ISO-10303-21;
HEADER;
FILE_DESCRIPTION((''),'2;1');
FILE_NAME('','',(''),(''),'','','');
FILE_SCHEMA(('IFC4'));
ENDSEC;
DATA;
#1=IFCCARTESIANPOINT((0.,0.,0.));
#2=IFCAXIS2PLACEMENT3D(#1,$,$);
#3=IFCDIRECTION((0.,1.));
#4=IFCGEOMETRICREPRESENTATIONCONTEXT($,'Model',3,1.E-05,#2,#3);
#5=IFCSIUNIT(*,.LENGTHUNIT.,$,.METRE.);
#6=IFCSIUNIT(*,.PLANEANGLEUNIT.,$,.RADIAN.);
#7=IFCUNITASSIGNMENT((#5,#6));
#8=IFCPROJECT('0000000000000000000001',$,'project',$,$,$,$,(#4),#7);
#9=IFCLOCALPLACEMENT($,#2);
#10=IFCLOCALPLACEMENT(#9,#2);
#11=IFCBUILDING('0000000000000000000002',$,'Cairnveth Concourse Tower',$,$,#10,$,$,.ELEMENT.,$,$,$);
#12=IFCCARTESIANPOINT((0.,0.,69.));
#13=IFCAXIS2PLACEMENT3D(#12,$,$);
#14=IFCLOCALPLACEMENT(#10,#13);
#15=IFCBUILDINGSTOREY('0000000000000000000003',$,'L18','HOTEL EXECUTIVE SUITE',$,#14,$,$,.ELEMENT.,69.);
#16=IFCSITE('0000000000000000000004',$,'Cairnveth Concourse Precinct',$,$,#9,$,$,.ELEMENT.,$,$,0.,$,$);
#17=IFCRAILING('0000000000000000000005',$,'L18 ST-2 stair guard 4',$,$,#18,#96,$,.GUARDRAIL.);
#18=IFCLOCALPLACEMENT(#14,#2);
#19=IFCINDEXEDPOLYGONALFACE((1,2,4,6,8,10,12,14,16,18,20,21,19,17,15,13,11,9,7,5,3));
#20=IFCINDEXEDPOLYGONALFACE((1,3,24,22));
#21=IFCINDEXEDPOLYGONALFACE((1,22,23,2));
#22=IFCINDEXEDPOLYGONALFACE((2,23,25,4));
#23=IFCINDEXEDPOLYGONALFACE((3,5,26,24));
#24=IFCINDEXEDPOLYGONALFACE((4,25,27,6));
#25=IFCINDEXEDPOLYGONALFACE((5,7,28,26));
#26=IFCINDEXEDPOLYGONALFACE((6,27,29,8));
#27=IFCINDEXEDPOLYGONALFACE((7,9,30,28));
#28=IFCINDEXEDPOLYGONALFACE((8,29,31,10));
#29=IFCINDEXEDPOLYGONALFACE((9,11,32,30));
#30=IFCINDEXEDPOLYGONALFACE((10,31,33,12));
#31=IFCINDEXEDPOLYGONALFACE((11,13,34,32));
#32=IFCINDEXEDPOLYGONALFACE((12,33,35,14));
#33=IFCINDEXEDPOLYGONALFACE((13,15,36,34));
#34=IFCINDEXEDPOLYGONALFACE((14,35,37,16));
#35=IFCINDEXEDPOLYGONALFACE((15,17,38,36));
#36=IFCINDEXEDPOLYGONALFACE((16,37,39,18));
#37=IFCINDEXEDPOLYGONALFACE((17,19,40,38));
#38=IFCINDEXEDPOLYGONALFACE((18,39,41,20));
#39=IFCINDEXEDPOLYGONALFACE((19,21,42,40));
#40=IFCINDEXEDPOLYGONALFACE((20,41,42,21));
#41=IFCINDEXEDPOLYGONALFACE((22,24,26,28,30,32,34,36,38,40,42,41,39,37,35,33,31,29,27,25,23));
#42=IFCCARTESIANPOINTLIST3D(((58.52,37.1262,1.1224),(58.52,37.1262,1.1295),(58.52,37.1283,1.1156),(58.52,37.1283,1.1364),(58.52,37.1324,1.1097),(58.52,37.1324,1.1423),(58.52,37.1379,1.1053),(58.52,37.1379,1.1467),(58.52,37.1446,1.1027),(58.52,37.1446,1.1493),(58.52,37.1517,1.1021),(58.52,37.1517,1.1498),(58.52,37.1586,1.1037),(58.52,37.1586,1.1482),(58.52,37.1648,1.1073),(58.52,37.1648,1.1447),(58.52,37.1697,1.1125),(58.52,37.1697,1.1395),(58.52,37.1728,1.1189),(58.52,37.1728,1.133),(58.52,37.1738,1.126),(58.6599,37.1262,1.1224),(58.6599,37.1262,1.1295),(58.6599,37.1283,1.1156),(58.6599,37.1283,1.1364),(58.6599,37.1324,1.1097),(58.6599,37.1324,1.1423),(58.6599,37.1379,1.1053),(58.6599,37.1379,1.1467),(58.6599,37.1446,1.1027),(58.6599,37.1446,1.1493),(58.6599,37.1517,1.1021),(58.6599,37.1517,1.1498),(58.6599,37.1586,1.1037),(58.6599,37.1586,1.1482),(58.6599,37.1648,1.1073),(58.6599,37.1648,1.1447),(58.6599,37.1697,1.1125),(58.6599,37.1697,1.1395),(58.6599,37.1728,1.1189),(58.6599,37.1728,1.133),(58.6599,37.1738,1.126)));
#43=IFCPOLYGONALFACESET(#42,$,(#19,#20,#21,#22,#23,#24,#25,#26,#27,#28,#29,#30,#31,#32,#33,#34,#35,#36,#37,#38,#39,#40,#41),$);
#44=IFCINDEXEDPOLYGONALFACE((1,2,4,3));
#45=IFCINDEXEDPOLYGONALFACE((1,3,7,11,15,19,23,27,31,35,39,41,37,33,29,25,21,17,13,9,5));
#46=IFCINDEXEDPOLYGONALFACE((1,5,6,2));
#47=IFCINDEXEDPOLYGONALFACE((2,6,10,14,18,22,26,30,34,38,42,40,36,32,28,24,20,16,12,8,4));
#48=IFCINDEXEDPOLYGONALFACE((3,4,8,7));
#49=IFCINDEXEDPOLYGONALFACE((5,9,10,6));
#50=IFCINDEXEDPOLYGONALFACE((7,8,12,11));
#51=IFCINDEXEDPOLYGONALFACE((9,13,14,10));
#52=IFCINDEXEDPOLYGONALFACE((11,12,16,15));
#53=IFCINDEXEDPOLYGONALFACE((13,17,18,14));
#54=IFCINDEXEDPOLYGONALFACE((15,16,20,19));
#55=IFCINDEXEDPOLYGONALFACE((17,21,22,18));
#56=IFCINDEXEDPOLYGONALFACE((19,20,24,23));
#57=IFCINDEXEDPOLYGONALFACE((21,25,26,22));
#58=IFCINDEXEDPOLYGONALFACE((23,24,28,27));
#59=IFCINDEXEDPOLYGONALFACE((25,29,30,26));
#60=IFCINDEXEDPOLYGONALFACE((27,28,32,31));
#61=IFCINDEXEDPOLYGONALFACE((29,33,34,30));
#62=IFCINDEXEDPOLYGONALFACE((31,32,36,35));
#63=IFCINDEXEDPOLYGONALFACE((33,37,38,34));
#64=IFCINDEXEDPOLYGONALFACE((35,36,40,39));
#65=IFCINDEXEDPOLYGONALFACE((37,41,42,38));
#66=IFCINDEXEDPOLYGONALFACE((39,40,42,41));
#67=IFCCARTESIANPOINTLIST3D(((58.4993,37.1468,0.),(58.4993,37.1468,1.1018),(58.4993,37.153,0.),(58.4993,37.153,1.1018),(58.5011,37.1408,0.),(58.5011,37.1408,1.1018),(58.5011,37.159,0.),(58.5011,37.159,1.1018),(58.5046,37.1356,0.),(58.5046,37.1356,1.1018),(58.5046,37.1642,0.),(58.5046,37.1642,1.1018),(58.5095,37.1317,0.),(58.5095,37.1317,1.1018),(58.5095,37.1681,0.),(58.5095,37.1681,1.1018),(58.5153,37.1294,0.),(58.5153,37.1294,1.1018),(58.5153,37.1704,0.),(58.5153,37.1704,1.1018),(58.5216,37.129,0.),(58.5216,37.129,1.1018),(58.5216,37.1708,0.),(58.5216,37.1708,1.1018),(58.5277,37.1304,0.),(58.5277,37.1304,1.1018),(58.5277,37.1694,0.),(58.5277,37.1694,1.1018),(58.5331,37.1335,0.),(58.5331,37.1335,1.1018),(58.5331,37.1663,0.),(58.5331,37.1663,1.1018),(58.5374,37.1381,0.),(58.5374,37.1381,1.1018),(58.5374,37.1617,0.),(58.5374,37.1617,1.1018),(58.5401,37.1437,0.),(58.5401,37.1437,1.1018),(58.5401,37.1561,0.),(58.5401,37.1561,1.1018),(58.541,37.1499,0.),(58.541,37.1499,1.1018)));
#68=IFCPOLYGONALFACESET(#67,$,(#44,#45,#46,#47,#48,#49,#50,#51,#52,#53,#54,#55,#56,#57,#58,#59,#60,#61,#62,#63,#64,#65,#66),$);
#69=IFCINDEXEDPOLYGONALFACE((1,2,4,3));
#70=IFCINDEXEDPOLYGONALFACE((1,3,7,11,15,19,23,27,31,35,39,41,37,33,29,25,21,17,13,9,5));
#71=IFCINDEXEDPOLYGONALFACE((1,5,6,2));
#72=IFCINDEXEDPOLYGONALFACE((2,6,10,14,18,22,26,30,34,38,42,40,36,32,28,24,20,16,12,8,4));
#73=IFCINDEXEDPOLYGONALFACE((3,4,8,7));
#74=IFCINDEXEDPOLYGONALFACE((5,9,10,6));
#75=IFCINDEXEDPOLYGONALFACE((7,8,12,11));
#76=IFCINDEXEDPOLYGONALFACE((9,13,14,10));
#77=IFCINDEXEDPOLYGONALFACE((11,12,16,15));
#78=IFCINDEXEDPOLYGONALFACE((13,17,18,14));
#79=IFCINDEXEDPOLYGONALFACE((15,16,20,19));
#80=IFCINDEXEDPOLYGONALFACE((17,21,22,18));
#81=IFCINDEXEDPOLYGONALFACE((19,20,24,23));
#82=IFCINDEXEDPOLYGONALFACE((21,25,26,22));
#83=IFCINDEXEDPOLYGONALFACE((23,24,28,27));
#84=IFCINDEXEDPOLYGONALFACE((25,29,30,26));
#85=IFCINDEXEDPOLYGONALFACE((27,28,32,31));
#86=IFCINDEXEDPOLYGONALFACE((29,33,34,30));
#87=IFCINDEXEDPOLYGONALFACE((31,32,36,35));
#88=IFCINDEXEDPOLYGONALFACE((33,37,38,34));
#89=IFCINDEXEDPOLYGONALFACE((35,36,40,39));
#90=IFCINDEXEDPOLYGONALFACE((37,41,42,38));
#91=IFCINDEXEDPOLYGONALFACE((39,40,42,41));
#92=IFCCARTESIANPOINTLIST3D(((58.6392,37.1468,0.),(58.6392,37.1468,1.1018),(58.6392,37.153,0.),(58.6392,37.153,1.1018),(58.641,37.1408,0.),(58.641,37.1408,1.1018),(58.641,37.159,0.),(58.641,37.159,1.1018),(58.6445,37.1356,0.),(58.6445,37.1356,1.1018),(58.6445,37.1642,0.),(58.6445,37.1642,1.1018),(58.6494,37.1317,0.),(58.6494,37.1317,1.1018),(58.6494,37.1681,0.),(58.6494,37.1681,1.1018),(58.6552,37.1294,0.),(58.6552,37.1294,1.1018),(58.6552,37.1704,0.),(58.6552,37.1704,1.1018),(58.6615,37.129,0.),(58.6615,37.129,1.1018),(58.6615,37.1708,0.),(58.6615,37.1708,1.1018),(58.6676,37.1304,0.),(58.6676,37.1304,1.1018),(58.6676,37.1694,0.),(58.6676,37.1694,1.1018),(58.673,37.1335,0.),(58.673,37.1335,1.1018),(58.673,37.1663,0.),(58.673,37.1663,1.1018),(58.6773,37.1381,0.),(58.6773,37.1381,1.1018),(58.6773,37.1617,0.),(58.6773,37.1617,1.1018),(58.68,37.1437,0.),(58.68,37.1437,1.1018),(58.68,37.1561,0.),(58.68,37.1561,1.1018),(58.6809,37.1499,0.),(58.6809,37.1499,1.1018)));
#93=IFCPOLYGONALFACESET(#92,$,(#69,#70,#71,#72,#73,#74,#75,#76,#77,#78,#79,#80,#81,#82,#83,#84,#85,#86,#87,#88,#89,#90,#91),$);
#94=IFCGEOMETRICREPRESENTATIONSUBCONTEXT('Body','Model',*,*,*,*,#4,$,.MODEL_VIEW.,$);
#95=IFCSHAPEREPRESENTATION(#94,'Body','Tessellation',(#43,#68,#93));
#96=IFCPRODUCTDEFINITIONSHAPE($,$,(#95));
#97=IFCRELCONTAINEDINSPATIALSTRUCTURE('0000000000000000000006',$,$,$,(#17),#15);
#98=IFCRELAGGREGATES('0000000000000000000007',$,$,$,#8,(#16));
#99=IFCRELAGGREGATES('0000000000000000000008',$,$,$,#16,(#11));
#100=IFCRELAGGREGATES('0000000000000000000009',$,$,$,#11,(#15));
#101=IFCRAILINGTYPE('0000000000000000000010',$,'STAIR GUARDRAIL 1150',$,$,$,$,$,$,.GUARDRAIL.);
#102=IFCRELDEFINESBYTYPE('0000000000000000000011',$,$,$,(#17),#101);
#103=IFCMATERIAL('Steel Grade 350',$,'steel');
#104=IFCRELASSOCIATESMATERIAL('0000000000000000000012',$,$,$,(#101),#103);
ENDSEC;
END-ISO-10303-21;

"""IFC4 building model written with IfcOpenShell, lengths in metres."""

from ifc_helpers import new_model, si_unit, direction, frame, origin, origin_2d, place, context, subcontext, project, spatial, circle, extrude, material, type_object, element, save


model = new_model("IFC4")

# Units and contexts
model_context = context("Model", 3, precision=1e-05, world=origin(), true_north=direction((0.0, 1.0)))
body_context = subcontext(model_context, "Body", "Model", "MODEL_VIEW")
ifc_project = project(units=[si_unit("LENGTHUNIT", "METRE"), si_unit("PLANEANGLEUNIT", "RADIAN")], contexts=[model_context])

# Site, building, storey
site_placement = place(None, origin())
site = spatial("IfcSite", under=ifc_project, at=site_placement, Name="Cairnveth Concourse Precinct", CompositionType="ELEMENT", RefElevation=0.0)
building_placement = place(site_placement, origin())
building = spatial("IfcBuilding", under=site, at=building_placement, Name="Cairnveth Concourse Tower", CompositionType="ELEMENT")
storey_placement = place(building_placement, frame((0.0, 0.0, 69.0)))
storey = spatial("IfcBuildingStorey", under=building, at=storey_placement, Name="L18", Description="HOTEL EXECUTIVE SUITE", CompositionType="ELEMENT", Elevation=69.0)

# Shared definitions
ifc_material_1 = material(Name="Steel Grade 350", Category="steel")

# Railing
railing_type_1 = type_object("IfcRailingType", Name="STAIR GUARDRAIL 1150", PredefinedType="GUARDRAIL", material=ifc_material_1)
railing_1_placement = place(storey_placement, frame((58.52, 37.1499, 0.0)))
element("IfcRailing", 1, at=railing_1_placement, inside=storey, type_object=railing_type_1, Name="L18 ST-2 stair guard 4", PredefinedType="GUARDRAIL", context=body_context, shape_type="SweptSolid", body=[
    extrude(circle(Radius=0.0239, at=origin_2d()), frame((0.0, 0.0, 1.126), z_axis=(1.0, 0.0, 0.0), x_axis=(0.0, 1.0, 0.0)), (0.0, 0.0, 1.0), 0.1399),
    extrude(circle(Radius=0.021, at=origin_2d()), origin(), (0.0, 0.0, 1.0), 1.1018),
    extrude(circle(Radius=0.021, at=origin_2d()), frame((0.1399, 0.0, 0.0)), (0.0, 0.0, 1.0), 1.1018),
])

save(model, "model.ifc")
